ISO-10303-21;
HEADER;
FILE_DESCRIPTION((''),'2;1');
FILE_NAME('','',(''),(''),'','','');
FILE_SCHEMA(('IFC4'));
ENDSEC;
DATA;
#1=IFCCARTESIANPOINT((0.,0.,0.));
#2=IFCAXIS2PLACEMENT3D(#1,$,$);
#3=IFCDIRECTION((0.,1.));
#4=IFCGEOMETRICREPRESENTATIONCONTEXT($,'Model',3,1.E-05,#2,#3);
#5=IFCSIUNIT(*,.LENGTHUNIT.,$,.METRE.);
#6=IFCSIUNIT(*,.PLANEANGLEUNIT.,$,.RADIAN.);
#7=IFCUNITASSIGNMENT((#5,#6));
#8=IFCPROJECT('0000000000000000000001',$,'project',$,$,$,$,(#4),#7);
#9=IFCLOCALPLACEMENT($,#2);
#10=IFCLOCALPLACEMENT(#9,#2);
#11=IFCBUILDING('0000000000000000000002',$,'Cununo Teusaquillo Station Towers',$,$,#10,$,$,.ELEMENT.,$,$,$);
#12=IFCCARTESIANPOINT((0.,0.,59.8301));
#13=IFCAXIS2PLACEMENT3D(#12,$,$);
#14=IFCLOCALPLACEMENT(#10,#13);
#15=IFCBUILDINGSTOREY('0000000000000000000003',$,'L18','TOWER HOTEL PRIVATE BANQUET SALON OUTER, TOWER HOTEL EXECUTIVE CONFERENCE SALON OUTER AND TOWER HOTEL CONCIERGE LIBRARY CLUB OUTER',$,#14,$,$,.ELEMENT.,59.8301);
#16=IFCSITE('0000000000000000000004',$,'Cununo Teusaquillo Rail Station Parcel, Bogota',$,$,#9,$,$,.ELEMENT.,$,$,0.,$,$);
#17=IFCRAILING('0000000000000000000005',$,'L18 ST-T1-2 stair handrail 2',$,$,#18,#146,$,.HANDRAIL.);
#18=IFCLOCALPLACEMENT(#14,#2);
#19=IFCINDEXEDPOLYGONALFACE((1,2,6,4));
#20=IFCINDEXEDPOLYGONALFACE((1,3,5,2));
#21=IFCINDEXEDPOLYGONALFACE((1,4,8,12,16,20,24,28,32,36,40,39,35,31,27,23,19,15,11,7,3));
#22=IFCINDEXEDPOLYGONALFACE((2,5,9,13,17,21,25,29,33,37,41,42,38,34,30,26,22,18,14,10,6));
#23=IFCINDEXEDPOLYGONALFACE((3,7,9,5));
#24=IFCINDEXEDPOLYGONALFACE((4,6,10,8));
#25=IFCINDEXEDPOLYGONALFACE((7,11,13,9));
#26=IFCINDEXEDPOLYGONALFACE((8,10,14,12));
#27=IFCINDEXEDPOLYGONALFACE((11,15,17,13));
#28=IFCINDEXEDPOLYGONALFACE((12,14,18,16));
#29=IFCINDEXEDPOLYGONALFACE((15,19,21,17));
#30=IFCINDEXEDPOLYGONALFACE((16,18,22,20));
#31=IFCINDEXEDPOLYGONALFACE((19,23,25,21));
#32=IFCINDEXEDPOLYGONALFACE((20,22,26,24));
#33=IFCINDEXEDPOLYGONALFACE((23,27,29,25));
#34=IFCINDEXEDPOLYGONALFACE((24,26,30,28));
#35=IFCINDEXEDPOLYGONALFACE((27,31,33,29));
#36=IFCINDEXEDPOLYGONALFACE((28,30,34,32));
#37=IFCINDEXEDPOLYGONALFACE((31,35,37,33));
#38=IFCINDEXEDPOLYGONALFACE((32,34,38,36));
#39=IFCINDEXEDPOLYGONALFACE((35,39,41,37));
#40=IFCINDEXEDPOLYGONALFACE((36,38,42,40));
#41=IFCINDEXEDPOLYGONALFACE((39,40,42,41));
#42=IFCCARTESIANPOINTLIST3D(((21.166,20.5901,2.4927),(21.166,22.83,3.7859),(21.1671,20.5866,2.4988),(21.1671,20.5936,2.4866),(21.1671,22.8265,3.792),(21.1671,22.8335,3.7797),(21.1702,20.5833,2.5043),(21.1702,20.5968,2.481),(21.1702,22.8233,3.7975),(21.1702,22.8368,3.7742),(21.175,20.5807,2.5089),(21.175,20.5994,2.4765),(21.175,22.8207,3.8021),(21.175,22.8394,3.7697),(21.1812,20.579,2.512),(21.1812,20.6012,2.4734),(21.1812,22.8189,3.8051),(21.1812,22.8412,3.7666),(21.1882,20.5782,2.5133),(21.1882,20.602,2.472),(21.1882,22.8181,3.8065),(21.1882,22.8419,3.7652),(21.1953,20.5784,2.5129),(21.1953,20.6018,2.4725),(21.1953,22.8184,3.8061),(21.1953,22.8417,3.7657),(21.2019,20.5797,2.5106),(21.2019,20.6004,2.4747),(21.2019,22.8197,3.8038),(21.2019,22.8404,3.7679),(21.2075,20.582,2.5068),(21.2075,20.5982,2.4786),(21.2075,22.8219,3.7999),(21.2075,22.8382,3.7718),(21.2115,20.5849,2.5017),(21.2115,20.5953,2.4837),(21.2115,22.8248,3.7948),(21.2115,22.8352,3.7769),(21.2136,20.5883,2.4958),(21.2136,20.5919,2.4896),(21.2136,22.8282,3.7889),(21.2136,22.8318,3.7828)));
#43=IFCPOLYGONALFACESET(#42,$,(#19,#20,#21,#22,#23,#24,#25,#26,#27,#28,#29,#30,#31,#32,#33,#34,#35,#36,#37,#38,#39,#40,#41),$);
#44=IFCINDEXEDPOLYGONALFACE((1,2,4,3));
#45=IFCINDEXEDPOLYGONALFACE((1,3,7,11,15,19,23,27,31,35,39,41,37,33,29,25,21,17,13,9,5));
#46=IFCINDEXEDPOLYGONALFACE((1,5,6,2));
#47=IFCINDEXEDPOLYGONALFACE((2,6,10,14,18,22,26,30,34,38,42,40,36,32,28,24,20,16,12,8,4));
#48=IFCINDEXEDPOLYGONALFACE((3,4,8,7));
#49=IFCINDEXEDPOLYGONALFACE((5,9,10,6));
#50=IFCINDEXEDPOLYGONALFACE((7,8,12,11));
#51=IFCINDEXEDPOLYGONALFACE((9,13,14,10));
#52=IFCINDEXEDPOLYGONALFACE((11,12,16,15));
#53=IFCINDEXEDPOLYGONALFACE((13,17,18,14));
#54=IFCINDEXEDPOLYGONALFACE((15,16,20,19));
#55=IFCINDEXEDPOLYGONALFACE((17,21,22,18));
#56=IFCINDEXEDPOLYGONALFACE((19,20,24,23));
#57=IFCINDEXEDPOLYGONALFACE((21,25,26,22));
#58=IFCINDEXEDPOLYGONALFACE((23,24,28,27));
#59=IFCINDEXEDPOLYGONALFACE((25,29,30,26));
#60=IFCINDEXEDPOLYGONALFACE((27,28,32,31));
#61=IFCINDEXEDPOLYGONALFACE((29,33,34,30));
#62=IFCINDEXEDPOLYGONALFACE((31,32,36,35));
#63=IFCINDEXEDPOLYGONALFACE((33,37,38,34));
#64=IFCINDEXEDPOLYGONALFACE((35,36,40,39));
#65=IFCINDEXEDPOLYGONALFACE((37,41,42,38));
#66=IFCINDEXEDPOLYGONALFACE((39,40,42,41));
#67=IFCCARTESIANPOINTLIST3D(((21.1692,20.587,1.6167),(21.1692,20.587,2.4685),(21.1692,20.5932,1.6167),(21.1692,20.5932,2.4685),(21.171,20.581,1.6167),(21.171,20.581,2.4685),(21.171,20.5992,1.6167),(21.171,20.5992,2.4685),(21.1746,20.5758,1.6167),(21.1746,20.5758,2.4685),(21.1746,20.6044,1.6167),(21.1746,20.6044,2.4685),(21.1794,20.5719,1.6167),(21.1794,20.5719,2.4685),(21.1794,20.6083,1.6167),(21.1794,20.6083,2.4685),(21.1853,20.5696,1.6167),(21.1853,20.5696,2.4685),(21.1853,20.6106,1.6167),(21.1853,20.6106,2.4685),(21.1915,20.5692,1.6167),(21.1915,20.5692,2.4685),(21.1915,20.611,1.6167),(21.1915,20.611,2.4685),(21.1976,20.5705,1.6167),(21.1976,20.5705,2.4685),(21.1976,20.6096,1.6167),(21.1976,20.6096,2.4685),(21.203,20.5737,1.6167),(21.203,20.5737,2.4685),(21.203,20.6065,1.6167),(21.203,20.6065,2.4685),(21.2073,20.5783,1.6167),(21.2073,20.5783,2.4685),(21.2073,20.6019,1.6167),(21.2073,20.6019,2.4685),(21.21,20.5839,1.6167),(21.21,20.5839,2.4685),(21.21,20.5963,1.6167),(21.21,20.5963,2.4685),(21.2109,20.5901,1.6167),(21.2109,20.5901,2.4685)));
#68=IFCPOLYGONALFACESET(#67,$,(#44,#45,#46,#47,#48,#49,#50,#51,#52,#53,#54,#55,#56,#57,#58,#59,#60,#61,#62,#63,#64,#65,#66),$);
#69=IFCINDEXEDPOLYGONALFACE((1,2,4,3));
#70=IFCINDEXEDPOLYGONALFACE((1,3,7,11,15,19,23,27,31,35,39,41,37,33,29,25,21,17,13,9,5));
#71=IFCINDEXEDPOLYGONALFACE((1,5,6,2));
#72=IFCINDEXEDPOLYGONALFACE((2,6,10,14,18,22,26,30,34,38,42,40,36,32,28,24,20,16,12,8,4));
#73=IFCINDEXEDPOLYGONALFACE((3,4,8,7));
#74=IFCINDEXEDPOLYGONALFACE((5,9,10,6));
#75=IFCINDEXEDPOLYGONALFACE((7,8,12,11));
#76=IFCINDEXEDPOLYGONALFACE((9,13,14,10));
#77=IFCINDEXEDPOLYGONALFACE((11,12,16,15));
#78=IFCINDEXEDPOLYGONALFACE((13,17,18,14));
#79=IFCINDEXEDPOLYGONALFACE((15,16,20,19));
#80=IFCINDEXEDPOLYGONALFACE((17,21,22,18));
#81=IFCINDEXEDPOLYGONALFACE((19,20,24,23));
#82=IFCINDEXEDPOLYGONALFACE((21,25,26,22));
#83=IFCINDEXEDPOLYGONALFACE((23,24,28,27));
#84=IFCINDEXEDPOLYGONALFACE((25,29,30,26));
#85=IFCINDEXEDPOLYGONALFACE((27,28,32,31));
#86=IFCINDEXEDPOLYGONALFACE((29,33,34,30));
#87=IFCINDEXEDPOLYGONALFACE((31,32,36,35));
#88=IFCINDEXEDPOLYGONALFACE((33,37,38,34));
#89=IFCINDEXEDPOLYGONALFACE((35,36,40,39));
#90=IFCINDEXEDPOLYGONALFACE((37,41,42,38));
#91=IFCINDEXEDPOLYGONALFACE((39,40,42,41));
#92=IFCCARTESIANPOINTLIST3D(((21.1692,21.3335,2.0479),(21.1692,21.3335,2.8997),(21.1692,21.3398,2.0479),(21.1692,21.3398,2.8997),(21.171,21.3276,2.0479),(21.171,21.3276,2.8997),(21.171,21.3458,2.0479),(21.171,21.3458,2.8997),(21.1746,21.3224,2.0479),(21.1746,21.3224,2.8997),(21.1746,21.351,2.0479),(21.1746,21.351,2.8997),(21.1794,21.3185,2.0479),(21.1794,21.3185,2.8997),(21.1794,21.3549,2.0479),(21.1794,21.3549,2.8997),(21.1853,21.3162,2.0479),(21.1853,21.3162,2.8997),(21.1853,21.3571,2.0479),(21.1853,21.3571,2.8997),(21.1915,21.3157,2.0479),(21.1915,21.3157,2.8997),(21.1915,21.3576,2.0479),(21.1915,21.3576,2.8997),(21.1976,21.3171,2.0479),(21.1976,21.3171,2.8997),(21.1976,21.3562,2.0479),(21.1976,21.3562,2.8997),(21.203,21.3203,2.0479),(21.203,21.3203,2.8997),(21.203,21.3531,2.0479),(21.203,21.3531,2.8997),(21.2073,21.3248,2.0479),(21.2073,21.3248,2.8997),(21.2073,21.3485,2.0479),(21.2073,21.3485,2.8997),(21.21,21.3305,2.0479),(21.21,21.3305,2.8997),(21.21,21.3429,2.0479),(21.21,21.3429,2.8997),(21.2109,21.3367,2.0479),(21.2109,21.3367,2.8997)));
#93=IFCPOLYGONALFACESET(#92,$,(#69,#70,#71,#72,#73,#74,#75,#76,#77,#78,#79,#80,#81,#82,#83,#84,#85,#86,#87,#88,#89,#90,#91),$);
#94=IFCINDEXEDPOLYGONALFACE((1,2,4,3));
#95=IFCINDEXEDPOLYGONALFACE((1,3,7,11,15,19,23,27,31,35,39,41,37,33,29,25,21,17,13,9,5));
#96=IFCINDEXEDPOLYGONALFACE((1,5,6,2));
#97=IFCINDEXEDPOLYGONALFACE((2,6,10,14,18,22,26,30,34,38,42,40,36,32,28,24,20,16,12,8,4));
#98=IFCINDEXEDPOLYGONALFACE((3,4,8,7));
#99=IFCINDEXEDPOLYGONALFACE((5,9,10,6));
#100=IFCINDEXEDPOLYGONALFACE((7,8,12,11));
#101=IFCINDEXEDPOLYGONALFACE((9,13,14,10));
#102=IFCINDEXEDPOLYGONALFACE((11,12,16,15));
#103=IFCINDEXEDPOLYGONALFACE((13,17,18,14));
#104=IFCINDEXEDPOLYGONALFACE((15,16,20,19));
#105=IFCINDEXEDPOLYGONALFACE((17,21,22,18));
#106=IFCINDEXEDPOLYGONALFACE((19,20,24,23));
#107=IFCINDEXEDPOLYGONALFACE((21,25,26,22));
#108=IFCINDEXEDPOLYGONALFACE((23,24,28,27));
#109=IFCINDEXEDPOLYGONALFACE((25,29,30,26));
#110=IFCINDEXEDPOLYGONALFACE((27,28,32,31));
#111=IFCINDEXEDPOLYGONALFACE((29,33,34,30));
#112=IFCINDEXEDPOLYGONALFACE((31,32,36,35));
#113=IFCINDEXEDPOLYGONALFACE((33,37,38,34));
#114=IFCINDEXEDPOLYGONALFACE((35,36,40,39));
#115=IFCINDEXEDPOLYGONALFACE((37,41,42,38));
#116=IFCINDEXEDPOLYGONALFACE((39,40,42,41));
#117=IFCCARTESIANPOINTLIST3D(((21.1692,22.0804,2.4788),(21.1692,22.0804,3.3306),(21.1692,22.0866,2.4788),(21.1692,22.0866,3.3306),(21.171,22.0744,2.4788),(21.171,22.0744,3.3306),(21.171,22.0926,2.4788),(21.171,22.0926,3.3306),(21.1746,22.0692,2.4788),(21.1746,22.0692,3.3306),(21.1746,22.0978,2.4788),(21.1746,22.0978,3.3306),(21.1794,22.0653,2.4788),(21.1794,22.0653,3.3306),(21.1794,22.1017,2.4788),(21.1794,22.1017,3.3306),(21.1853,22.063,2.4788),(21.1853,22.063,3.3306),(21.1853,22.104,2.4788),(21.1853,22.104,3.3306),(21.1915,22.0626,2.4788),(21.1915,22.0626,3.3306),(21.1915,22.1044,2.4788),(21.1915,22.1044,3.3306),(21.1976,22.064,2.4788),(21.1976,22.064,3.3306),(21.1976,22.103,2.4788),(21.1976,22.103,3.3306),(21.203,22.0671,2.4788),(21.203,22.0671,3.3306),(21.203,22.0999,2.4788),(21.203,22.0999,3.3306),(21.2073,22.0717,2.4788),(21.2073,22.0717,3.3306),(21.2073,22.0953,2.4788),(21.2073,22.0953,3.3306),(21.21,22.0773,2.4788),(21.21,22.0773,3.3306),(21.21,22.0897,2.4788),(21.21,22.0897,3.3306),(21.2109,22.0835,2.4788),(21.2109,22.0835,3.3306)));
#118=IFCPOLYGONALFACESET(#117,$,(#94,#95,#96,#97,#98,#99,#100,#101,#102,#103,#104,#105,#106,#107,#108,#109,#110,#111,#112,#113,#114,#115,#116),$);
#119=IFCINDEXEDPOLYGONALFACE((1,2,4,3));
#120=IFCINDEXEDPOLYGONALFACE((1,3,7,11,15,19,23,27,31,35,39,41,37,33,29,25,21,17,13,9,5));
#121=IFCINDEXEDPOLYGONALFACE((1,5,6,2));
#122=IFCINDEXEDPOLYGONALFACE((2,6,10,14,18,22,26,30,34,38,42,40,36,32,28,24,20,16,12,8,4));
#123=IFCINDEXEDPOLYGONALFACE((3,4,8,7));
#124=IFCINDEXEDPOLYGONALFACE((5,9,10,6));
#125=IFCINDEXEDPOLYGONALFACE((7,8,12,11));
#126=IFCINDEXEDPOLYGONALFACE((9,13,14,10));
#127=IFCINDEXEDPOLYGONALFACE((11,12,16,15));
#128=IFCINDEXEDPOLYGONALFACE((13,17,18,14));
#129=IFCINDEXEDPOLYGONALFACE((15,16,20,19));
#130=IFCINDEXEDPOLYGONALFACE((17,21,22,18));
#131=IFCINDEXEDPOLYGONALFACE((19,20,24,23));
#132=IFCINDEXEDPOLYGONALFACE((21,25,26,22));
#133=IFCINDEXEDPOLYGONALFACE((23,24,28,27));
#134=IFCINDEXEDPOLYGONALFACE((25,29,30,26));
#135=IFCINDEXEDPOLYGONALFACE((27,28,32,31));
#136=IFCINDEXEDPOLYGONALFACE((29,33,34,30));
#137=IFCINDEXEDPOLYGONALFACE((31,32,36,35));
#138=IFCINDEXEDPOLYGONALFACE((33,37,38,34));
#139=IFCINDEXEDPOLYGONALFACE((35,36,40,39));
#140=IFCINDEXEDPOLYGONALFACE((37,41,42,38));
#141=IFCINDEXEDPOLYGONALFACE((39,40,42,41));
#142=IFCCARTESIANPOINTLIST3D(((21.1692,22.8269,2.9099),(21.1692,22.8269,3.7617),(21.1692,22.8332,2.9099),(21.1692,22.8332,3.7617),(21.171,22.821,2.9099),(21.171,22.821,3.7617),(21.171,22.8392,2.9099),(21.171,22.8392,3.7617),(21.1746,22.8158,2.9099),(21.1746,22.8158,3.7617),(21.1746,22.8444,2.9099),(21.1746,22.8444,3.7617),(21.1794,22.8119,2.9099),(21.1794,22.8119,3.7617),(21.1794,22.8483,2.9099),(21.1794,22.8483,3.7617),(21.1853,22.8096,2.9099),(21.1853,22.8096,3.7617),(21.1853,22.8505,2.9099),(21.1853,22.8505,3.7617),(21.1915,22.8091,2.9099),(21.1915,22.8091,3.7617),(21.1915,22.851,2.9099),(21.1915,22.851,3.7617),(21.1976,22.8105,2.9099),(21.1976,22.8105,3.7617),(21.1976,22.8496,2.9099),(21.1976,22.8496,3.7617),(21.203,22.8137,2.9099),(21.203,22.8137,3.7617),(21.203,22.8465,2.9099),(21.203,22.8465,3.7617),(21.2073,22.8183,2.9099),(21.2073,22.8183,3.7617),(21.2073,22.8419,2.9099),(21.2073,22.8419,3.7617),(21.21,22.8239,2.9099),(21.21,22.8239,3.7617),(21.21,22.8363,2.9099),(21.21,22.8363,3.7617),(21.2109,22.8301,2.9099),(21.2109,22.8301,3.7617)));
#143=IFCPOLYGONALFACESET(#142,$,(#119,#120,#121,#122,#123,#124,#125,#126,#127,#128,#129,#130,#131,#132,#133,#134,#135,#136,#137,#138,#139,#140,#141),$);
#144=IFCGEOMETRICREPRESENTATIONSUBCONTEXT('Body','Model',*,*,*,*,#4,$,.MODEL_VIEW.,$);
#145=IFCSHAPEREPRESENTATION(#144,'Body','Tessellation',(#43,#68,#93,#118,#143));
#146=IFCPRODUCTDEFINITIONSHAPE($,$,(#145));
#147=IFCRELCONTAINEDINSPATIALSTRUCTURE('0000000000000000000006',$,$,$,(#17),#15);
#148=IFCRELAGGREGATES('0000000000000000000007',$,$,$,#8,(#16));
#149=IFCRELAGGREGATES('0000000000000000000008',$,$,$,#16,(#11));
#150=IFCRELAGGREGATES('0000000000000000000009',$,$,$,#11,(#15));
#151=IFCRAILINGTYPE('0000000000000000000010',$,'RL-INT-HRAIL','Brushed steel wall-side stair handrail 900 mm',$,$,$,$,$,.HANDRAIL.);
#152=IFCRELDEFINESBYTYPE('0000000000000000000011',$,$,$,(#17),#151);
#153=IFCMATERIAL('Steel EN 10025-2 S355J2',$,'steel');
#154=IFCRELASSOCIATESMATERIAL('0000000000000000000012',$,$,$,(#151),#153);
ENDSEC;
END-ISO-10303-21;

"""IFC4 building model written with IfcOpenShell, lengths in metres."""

from ifc_helpers import new_model, si_unit, direction, frame, origin, origin_2d, place, context, subcontext, project, spatial, circle, extrude, material, type_object, element, save


model = new_model("IFC4")

# Units and contexts
model_context = context("Model", 3, precision=1e-05, world=origin(), true_north=direction((0.0, 1.0)))
body_context = subcontext(model_context, "Body", "Model", "MODEL_VIEW")
ifc_project = project(units=[si_unit("LENGTHUNIT", "METRE"), si_unit("PLANEANGLEUNIT", "RADIAN")], contexts=[model_context])

# Site, building, storey
site_placement = place(None, origin())
site = spatial("IfcSite", under=ifc_project, at=site_placement, Name="Cununo Teusaquillo Rail Station Parcel, Bogota", CompositionType="ELEMENT", RefElevation=0.0)
building_placement = place(site_placement, origin())
building = spatial("IfcBuilding", under=site, at=building_placement, Name="Cununo Teusaquillo Station Towers", CompositionType="ELEMENT")
storey_placement = place(building_placement, frame((0.0, 0.0, 59.8301)))
storey = spatial("IfcBuildingStorey", under=building, at=storey_placement, Name="L18", Description="TOWER HOTEL PRIVATE BANQUET SALON OUTER, TOWER HOTEL EXECUTIVE CONFERENCE SALON OUTER AND TOWER HOTEL CONCIERGE LIBRARY CLUB OUTER", CompositionType="ELEMENT", Elevation=59.8301)

# Railing
ifc_material_1 = material(Name="Steel EN 10025-2 S355J2", Category="steel")
railing_type_1 = type_object("IfcRailingType", Name="RL-INT-HRAIL", Description="Brushed steel wall-side stair handrail 900 mm", PredefinedType="HANDRAIL", material=ifc_material_1)
railing_1_placement = place(storey_placement, frame((21.1899, 20.5901, 1.6167)))
element("IfcRailing", 1, at=railing_1_placement, inside=storey, type_object=railing_type_1, Name="L18 ST-T1-2 stair handrail 2", PredefinedType="HANDRAIL", context=body_context, shape_type="SweptSolid", body=[
    extrude(circle(Radius=0.0239, at=origin_2d()), frame((0.0, 0.0, 0.876), z_axis=(0.0, 0.866033, 0.499987), x_axis=(-1.0, 0.0, 0.0)), (0.0, 0.0, 1.0), 2.5864),
    extrude(circle(Radius=0.021, at=origin_2d()), origin(), (0.0, 0.0, 1.0), 0.8518),
    extrude(circle(Radius=0.021, at=origin_2d()), frame((0.0, 0.7466, 0.4312)), (0.0, 0.0, 1.0), 0.8518),
    extrude(circle(Radius=0.021, at=origin_2d()), frame((0.0, 1.4934, 0.8621)), (0.0, 0.0, 1.0), 0.8518),
    extrude(circle(Radius=0.021, at=origin_2d()), frame((0.0, 2.24, 1.2932)), (0.0, 0.0, 1.0), 0.8518),
])

save(model, "model.ifc")
